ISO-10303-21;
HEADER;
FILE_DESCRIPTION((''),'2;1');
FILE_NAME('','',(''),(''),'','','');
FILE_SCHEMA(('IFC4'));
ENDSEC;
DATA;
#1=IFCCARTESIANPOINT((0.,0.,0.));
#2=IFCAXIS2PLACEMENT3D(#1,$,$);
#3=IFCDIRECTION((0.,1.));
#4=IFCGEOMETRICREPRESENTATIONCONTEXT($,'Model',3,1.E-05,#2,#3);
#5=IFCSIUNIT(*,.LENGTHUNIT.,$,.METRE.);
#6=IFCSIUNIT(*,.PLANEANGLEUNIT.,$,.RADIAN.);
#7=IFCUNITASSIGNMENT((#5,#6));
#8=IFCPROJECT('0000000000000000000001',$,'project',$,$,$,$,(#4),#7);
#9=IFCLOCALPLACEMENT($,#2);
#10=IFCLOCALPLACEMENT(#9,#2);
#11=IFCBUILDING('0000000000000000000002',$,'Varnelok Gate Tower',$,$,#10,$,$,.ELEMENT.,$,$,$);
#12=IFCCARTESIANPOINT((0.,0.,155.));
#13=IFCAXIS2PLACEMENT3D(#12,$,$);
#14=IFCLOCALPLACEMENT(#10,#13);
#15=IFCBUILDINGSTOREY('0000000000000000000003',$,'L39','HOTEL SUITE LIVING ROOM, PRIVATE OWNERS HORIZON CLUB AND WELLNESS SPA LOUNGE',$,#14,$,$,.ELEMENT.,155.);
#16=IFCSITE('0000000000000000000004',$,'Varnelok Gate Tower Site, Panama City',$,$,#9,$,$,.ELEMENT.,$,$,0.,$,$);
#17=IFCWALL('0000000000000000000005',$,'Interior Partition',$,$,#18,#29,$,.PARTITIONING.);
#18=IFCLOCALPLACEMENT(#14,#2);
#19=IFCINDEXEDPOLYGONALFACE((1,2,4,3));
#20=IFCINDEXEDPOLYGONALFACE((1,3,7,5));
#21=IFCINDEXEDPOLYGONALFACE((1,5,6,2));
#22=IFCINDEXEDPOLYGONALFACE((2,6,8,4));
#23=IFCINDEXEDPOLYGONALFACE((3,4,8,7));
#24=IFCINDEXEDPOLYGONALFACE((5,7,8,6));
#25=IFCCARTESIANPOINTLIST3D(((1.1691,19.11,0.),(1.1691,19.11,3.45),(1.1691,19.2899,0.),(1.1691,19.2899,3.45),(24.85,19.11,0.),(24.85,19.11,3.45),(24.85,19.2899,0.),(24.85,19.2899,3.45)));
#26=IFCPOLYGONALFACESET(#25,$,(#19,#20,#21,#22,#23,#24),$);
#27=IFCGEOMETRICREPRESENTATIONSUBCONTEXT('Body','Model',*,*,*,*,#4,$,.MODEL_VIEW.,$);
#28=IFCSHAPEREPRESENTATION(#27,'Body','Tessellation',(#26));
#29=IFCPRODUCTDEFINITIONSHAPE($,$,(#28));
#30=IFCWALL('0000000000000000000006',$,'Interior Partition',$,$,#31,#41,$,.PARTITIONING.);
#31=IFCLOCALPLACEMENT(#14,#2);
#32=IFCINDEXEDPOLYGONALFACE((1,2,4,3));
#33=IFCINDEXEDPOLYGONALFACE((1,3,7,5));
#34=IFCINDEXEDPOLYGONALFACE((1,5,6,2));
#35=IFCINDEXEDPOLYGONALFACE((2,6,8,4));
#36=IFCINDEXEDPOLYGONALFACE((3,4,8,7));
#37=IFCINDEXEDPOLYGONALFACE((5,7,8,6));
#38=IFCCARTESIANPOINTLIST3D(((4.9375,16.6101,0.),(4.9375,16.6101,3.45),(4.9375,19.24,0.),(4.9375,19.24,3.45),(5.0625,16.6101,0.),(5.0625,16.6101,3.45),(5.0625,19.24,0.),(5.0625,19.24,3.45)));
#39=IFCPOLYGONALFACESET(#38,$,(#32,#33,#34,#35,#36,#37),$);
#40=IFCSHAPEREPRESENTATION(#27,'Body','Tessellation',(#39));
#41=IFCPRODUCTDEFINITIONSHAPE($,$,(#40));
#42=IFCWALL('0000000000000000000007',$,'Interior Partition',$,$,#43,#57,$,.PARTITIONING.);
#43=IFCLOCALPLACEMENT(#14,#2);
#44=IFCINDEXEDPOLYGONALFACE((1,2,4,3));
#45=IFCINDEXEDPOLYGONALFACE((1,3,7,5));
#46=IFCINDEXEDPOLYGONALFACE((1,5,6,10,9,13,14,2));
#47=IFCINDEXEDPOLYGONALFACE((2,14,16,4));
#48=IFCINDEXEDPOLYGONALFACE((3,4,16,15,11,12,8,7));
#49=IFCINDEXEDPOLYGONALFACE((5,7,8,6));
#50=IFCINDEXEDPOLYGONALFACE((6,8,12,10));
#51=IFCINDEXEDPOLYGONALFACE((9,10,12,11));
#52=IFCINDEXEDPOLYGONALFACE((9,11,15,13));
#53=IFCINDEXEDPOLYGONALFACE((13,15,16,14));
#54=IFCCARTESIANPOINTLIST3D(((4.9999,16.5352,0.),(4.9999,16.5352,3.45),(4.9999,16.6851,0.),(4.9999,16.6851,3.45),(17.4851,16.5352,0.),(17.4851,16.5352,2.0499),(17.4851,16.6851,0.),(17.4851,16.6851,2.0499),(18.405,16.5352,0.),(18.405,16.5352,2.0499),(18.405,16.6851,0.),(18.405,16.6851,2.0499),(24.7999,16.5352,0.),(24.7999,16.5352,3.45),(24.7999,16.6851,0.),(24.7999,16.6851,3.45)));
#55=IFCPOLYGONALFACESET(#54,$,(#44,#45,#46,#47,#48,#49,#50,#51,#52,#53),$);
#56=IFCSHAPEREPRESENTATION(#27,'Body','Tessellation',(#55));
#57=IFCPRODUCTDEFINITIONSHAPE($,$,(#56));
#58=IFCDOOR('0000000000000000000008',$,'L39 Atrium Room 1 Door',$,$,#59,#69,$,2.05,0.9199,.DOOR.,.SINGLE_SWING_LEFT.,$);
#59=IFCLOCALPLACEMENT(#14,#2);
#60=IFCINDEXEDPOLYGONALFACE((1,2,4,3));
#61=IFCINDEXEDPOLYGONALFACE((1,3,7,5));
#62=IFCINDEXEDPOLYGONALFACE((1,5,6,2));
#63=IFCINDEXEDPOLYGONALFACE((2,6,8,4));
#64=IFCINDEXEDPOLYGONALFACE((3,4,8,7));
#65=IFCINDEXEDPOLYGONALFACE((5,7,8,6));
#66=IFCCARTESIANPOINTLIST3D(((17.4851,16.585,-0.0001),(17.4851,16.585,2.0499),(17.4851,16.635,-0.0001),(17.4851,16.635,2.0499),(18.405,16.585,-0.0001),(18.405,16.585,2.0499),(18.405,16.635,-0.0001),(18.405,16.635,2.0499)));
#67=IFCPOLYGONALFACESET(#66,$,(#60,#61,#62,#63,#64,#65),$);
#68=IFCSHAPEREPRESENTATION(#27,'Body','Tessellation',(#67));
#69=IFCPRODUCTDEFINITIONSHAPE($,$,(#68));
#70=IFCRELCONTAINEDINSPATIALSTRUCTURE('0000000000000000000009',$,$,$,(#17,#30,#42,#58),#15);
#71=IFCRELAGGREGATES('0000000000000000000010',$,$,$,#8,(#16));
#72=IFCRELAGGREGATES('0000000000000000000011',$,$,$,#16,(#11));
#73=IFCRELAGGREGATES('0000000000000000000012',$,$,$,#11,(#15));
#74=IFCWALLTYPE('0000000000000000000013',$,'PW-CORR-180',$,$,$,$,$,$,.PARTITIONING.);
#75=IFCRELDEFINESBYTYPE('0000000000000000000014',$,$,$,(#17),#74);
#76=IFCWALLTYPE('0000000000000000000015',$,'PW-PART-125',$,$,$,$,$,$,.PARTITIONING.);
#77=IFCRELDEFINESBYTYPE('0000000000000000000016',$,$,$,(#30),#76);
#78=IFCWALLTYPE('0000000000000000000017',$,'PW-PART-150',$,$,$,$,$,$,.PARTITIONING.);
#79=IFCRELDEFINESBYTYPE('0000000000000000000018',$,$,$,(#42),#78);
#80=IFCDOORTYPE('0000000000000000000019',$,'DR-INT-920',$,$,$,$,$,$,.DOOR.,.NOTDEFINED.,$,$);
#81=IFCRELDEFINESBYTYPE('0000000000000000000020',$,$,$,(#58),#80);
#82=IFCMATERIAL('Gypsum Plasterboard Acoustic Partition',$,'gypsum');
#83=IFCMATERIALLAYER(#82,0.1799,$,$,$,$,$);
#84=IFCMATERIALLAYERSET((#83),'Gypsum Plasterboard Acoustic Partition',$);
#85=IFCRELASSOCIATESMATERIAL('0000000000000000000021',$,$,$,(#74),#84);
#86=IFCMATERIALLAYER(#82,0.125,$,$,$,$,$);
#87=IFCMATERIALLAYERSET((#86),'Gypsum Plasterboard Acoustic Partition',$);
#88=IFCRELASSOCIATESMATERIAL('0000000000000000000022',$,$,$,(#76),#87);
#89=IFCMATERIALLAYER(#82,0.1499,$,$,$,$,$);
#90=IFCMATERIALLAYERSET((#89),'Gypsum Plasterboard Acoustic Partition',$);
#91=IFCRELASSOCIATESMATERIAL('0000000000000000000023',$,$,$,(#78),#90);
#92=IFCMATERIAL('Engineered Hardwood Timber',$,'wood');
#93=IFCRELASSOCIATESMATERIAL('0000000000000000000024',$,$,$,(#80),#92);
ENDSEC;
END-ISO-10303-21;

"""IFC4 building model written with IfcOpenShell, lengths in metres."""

from ifc_helpers import new_model, si_unit, direction, frame, frame_2d, origin, place, context, subcontext, project, spatial, rectangle, extrude, material, layer, layer_set, type_object, element, fill, save


model = new_model("IFC4")

# Units and contexts
model_context = context("Model", 3, precision=1e-05, world=origin(), true_north=direction((0.0, 1.0)))
body_context = subcontext(model_context, "Body", "Model", "MODEL_VIEW")
ifc_project = project(units=[si_unit("LENGTHUNIT", "METRE"), si_unit("PLANEANGLEUNIT", "RADIAN")], contexts=[model_context])

# Site, building, storey
site_placement = place(None, origin())
site = spatial("IfcSite", under=ifc_project, at=site_placement, Name="Varnelok Gate Tower Site, Panama City", CompositionType="ELEMENT", RefElevation=0.0)
building_placement = place(site_placement, origin())
building = spatial("IfcBuilding", under=site, at=building_placement, Name="Varnelok Gate Tower", CompositionType="ELEMENT")
storey_placement = place(building_placement, frame((0.0, 0.0, 155.0)))
storey = spatial("IfcBuildingStorey", under=building, at=storey_placement, Name="L39", Description="HOTEL SUITE LIVING ROOM, PRIVATE OWNERS HORIZON CLUB AND WELLNESS SPA LOUNGE", CompositionType="ELEMENT", Elevation=155.0)

# Shared definitions
ifc_material_1 = material(Name="Gypsum Plasterboard Acoustic Partition", Category="gypsum")
ifc_layer_1 = layer(ifc_material_1, 0.1799)
ifc_layer_set_1 = layer_set([ifc_layer_1], Name="Gypsum Plasterboard Acoustic Partition")
wall_type_1 = type_object("IfcWallType", Name="PW-CORR-180", PredefinedType="PARTITIONING", material=ifc_layer_set_1)
ifc_material_2 = material(Name="Engineered Hardwood Timber", Category="wood")

# Walls
wall_1_placement = place(storey_placement, frame((1.1692, 19.2, 0.0), z_axis=(0.0, 0.0, 1.0), x_axis=(1.0, 0.0, 0.0)))
element("IfcWall", 1, at=wall_1_placement, inside=storey, type_object=wall_type_1, Name="Interior Partition", PredefinedType="PARTITIONING", context=body_context, shape_type="SweptSolid", body=[
    extrude(rectangle(XDim=23.6809, YDim=0.1799, at=frame_2d((11.8403, 0.0))), origin(), (0.0, 0.0, 1.0), 3.45),
])
ifc_layer_2 = layer(ifc_material_1, 0.125)
ifc_layer_set_2 = layer_set([ifc_layer_2], Name="Gypsum Plasterboard Acoustic Partition")
wall_type_2 = type_object("IfcWallType", Name="PW-PART-125", PredefinedType="PARTITIONING", material=ifc_layer_set_2)
wall_2_placement = place(storey_placement, frame((5.0, 16.6101, 0.0), z_axis=(0.0, 0.0, 1.0), x_axis=(0.0, 1.0, 0.0)))
element("IfcWall", 2, at=wall_2_placement, inside=storey, type_object=wall_type_2, Name="Interior Partition", PredefinedType="PARTITIONING", context=body_context, shape_type="SweptSolid", body=[
    extrude(rectangle(XDim=2.6299, YDim=0.125, at=frame_2d((1.3149, 0.0))), origin(), (0.0, 0.0, 1.0), 3.45),
])

# Wall, opening, door
ifc_layer_3 = layer(ifc_material_1, 0.1499)
ifc_layer_set_3 = layer_set([ifc_layer_3], Name="Gypsum Plasterboard Acoustic Partition")
wall_type_3 = type_object("IfcWallType", Name="PW-PART-150", PredefinedType="PARTITIONING", material=ifc_layer_set_3)
wall_3_placement = place(storey_placement, frame((5.0, 16.6101, 0.0), z_axis=(0.0, 0.0, 1.0), x_axis=(1.0, 0.0, 0.0)))
wall_3 = element("IfcWall", 3, at=wall_3_placement, inside=storey, type_object=wall_type_3, Name="Interior Partition", PredefinedType="PARTITIONING", context=body_context, shape_type="SweptSolid", body=[
    extrude(rectangle(XDim=19.8, YDim=0.1499, at=frame_2d((9.8999, 0.0))), origin(), (0.0, 0.0, 1.0), 3.45),
])
opening_1_placement = place(wall_3_placement, frame((12.4851, 0.0, 0.0)))
opening_1 = element("IfcOpeningElement", 4, at=opening_1_placement, cuts=wall_3, PredefinedType="OPENING", context=body_context, shape_type="SweptSolid", body=[
    extrude(rectangle(XDim=0.9199, YDim=2.05, at=frame_2d((0.46, 1.0249))), frame((0.0, 0.085, 0.0), z_axis=(0.0, -1.0, 0.0), x_axis=(1.0, 0.0, 0.0)), (0.0, 0.0, 1.0), 0.1699),
])
door_type_1 = type_object("IfcDoorType", Name="DR-INT-920", OperationType="NOTDEFINED", PredefinedType="DOOR", material=ifc_material_2)
door_1_placement = place(opening_1_placement, origin())
door_1 = element("IfcDoor", 5, at=door_1_placement, inside=storey, type_object=door_type_1, Name="L39 Atrium Room 1 Door", OperationType="SINGLE_SWING_LEFT", OverallHeight=2.05, OverallWidth=0.9199, PredefinedType="DOOR", context=body_context, shape_type="SweptSolid", body=[
    extrude(rectangle(XDim=0.9199, YDim=2.05, at=frame_2d((0.46, 1.0249))), frame((0.0, 0.0249, 0.0), z_axis=(0.0, -1.0, 0.0), x_axis=(1.0, 0.0, 0.0)), (0.0, 0.0, 1.0), 0.05),
])
fill(opening_1, door_1)

save(model, "model.ifc")
